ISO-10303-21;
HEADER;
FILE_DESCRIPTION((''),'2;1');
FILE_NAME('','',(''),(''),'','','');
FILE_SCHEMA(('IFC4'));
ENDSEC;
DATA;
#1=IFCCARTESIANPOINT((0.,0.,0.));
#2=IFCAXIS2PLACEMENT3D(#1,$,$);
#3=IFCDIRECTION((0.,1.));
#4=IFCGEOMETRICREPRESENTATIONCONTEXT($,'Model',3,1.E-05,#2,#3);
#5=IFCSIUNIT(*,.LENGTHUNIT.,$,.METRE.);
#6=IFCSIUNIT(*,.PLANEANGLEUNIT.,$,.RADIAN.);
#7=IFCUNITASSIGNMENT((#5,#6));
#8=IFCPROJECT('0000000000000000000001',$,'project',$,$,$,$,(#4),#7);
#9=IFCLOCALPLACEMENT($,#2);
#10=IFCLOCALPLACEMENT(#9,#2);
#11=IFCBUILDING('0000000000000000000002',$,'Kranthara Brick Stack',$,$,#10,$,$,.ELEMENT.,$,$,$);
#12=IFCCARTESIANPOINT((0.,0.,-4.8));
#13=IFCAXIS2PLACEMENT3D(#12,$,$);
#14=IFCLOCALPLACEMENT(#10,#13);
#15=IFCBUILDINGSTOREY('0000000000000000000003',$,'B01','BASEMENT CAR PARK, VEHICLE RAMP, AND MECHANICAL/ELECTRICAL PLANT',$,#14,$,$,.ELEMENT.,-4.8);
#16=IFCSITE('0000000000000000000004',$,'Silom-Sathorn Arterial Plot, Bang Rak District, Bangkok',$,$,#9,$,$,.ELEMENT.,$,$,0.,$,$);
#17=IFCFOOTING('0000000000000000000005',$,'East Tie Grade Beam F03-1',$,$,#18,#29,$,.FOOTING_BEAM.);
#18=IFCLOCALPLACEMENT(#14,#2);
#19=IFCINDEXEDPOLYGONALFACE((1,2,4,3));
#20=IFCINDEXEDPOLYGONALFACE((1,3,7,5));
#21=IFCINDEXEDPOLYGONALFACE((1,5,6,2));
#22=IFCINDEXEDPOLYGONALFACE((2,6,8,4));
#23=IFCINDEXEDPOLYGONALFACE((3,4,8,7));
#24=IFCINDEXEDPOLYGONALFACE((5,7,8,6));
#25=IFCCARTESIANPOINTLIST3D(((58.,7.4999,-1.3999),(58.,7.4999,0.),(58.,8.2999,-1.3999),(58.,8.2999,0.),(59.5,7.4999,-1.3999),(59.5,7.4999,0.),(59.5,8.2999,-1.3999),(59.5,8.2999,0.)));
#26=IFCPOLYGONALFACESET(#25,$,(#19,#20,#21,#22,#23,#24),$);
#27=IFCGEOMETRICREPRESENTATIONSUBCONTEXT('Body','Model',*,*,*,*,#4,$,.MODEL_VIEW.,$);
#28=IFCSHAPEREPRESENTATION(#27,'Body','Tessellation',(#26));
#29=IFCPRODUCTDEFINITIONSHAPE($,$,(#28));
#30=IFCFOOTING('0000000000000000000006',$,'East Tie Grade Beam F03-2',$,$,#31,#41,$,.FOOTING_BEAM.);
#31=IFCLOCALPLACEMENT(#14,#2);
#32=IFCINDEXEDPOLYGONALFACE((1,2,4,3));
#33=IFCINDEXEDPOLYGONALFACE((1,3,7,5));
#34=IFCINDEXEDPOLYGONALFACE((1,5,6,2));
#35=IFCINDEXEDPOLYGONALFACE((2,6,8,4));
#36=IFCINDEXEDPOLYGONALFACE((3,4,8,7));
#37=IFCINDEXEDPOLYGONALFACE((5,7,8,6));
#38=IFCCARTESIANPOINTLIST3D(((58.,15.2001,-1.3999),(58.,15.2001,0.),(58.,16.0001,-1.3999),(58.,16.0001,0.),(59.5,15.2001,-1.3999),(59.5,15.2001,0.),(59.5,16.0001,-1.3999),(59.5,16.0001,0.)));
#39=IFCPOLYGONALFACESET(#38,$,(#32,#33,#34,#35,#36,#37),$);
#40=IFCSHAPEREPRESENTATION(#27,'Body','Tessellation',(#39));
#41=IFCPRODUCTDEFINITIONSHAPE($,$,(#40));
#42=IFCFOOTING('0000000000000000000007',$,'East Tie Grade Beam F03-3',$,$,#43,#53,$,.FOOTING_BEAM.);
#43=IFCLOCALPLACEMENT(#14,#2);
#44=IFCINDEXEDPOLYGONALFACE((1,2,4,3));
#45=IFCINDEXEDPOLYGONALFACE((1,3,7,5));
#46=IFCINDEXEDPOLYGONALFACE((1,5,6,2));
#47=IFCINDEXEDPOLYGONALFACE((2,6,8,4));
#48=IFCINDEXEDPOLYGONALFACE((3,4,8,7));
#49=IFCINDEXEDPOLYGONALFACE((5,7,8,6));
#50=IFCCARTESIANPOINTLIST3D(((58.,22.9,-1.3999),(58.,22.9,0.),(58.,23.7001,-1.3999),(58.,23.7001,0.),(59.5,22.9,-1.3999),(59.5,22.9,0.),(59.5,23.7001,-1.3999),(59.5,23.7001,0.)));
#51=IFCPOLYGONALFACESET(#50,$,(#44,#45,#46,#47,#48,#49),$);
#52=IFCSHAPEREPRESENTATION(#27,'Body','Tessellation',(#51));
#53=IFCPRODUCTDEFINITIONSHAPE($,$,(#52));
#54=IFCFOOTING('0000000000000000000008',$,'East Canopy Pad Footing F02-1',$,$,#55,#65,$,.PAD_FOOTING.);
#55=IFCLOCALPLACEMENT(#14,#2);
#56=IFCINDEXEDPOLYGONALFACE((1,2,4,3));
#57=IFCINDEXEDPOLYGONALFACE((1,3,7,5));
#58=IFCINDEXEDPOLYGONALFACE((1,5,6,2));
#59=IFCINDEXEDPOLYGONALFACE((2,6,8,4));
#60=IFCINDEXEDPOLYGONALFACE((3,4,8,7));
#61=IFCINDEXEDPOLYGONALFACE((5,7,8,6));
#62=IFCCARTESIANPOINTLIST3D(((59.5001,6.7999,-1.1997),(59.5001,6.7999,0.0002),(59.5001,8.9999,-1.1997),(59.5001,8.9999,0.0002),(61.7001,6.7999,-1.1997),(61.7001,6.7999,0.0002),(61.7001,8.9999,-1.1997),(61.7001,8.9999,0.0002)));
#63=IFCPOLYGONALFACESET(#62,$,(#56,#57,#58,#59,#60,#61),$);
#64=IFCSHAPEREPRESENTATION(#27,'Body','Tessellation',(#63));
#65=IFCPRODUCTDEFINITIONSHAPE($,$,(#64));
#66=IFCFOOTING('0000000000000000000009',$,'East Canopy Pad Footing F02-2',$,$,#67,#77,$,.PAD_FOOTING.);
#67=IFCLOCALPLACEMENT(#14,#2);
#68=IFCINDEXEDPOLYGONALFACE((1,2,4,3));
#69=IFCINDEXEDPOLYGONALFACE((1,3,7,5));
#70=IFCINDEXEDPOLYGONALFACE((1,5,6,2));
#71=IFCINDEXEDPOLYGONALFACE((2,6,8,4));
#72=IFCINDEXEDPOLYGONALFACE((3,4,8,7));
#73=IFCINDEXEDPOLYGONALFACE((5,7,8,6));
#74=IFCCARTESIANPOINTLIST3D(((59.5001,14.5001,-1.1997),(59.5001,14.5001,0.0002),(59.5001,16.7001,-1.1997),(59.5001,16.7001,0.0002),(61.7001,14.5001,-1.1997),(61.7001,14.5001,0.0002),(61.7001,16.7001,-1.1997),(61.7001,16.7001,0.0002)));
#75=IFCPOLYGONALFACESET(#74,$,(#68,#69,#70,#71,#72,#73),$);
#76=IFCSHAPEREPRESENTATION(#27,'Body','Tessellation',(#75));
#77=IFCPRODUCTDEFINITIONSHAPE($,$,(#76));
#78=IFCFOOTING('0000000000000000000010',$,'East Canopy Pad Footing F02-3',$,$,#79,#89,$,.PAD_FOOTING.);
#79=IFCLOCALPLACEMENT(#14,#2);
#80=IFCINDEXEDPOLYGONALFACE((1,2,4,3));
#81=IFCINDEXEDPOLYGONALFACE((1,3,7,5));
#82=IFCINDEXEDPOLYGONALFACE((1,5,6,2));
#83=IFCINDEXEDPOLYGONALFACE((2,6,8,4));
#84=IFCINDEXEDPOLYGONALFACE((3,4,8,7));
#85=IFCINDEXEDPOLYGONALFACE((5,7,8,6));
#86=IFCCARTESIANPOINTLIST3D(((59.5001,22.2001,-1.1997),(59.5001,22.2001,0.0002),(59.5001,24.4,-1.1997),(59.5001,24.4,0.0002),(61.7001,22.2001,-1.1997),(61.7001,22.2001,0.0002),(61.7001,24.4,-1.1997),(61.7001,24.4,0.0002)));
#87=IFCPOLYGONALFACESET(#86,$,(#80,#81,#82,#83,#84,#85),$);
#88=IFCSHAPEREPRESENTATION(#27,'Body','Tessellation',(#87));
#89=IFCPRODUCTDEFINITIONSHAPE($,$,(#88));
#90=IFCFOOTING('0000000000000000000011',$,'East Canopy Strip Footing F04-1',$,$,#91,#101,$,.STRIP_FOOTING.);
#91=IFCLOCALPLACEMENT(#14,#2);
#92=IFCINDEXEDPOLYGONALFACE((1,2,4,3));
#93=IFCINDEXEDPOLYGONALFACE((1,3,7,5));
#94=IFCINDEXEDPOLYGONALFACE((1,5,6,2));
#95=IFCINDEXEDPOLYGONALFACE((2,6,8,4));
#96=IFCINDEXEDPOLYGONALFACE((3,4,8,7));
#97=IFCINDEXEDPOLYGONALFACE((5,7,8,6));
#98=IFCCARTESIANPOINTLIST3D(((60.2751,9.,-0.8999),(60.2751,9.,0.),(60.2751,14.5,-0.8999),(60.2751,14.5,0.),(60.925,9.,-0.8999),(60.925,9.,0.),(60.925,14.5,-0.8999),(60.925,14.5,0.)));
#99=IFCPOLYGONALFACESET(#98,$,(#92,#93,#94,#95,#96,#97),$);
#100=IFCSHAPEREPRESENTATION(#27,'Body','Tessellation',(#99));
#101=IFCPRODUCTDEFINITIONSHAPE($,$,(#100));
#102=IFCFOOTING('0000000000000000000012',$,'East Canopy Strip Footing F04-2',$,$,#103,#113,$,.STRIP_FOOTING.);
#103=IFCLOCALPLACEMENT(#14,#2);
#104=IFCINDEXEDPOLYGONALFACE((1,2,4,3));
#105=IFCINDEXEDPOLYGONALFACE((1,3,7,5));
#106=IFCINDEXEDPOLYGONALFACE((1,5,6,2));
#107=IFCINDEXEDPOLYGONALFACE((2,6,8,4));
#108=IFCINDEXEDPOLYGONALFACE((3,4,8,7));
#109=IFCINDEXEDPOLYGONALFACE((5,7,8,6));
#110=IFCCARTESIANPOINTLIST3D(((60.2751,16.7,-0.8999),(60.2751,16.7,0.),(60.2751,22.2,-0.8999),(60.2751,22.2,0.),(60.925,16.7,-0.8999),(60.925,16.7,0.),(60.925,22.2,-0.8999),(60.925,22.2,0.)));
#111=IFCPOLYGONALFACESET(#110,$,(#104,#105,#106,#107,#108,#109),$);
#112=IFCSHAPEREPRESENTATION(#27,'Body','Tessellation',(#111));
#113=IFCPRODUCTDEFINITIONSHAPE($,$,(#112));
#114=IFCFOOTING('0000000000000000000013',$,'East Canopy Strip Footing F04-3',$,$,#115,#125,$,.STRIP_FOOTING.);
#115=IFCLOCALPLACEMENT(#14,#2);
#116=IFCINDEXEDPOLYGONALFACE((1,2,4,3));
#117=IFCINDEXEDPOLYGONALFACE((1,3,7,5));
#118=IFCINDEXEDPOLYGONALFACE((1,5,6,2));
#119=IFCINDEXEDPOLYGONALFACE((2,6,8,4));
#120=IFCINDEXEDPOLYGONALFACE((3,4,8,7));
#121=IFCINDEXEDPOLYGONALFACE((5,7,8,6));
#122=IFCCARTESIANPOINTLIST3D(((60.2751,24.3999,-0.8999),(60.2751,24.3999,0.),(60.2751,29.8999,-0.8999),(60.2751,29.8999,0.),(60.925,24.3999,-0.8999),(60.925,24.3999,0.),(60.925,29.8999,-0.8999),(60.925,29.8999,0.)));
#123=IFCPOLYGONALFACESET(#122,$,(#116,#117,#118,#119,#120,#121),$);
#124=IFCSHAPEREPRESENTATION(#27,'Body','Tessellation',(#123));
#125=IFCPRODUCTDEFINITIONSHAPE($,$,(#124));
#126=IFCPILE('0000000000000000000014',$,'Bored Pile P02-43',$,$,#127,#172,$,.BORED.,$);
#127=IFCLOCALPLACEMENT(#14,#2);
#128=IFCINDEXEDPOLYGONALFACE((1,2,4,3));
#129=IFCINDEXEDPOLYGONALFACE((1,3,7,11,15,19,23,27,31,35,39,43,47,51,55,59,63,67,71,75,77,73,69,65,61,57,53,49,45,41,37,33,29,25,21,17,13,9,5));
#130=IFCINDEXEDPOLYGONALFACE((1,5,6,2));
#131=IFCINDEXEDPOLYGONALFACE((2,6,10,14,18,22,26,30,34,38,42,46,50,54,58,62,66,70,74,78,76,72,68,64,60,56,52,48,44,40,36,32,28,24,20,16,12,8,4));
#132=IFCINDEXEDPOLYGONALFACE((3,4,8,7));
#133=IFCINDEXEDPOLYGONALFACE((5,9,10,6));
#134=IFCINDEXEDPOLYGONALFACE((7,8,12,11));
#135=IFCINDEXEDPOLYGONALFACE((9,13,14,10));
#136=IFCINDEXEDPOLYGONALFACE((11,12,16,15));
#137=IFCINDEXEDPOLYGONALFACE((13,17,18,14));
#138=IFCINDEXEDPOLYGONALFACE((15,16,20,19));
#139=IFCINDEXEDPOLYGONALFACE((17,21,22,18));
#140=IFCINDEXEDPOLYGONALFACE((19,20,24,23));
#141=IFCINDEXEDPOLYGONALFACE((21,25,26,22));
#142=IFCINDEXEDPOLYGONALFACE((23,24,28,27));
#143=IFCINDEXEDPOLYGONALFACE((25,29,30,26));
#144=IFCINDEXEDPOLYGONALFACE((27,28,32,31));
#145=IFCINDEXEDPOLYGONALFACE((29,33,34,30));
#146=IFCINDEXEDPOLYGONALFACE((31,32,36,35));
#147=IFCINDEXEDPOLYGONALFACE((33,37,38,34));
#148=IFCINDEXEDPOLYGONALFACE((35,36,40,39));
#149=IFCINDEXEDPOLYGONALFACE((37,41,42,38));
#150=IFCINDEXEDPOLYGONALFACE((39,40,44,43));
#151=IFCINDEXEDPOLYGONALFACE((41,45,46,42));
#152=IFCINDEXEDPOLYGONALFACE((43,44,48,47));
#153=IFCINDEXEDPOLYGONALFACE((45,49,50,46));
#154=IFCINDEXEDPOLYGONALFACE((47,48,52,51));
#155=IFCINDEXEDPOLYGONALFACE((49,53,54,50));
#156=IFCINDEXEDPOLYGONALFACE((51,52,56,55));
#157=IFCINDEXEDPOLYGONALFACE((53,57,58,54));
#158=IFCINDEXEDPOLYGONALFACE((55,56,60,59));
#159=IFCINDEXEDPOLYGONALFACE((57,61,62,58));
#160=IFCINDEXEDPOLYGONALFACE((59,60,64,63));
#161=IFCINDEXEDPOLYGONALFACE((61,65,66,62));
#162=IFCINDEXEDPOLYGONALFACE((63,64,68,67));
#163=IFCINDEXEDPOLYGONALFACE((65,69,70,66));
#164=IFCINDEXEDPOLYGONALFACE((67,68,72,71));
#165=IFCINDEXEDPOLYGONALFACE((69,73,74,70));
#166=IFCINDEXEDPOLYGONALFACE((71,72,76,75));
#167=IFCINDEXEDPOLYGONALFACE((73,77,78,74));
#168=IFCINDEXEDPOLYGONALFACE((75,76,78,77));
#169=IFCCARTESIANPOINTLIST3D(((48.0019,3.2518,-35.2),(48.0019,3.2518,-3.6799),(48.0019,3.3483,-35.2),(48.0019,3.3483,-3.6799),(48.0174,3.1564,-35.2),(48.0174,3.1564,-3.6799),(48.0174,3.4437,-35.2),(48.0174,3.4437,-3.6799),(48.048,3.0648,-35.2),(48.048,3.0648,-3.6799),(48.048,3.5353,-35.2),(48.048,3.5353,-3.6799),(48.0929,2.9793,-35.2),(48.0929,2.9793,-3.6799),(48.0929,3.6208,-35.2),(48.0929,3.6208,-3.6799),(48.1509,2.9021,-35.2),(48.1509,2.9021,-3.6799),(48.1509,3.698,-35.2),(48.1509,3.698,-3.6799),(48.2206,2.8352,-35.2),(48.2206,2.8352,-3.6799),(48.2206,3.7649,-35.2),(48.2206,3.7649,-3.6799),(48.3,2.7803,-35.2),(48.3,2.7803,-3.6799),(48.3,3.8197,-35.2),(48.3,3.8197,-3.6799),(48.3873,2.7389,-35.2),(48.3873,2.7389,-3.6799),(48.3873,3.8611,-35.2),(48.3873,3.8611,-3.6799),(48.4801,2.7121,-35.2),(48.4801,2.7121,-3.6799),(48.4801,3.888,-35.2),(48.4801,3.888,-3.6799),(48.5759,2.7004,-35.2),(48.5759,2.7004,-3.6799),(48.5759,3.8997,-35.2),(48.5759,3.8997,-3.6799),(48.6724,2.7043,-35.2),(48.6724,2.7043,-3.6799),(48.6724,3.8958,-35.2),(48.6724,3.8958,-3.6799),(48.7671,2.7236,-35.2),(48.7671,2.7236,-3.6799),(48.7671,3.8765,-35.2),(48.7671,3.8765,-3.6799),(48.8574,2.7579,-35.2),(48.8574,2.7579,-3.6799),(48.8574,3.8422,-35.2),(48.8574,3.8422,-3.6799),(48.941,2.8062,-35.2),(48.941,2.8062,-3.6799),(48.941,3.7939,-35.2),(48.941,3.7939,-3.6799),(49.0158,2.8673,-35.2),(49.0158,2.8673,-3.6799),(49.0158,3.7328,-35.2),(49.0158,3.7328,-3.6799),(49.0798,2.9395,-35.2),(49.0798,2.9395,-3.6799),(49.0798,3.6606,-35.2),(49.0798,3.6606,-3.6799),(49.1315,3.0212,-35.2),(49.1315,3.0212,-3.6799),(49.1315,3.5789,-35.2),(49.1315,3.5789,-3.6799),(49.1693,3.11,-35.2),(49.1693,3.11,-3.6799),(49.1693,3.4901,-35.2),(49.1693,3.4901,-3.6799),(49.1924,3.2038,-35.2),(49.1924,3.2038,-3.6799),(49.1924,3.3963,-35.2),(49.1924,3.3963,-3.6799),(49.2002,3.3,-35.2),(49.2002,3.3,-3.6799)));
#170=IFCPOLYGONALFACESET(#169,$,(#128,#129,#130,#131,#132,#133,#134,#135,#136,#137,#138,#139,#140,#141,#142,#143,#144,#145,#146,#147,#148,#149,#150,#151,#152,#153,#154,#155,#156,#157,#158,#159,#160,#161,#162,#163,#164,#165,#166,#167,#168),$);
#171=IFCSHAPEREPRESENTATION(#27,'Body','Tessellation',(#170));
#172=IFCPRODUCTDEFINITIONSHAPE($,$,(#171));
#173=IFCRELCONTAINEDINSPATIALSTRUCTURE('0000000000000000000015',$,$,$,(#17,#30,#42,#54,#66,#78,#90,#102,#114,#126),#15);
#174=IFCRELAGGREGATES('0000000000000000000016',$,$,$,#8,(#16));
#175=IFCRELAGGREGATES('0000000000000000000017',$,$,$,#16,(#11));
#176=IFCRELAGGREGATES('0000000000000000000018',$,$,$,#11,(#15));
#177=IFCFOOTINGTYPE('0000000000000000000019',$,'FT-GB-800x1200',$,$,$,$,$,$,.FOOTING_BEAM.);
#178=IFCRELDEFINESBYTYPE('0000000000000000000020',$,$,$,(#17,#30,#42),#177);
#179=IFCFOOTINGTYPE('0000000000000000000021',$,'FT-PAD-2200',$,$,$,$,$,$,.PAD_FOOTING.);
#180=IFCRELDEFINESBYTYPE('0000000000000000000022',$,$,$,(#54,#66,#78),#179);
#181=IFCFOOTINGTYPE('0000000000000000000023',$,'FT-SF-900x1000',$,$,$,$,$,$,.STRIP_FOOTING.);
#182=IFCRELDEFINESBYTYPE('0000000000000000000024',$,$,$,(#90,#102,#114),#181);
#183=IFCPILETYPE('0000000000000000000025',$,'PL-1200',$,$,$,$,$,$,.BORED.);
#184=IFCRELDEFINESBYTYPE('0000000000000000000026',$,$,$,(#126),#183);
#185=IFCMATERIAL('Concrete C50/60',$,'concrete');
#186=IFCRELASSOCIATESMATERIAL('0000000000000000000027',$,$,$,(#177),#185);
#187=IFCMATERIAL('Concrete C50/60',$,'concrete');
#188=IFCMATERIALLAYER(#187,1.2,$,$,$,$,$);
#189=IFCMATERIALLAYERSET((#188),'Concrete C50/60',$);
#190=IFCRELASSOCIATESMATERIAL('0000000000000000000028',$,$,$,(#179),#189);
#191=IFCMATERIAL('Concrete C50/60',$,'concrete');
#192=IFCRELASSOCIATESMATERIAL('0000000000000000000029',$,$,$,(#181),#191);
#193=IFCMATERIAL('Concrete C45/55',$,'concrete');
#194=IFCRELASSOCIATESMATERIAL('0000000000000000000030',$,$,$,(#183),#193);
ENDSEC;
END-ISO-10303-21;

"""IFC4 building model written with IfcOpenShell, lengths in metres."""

from ifc_helpers import new_model, si_unit, direction, frame, origin, origin_2d, place, context, subcontext, project, spatial, rectangle, circle, extrude, material, layer, layer_set, material_profile, profile_set, type_object, element, save


model = new_model("IFC4")

# Units and contexts
model_context = context("Model", 3, precision=1e-05, world=origin(), true_north=direction((0.0, 1.0)))
body_context = subcontext(model_context, "Body", "Model", "MODEL_VIEW")
ifc_project = project(units=[si_unit("LENGTHUNIT", "METRE"), si_unit("PLANEANGLEUNIT", "RADIAN")], contexts=[model_context])

# Site, building, storey
site_placement = place(None, origin())
site = spatial("IfcSite", under=ifc_project, at=site_placement, Name="Silom-Sathorn Arterial Plot, Bang Rak District, Bangkok", CompositionType="ELEMENT", RefElevation=0.0)
building_placement = place(site_placement, origin())
building = spatial("IfcBuilding", under=site, at=building_placement, Name="Kranthara Brick Stack", CompositionType="ELEMENT")
storey_placement = place(building_placement, frame((0.0, 0.0, -4.8)))
storey = spatial("IfcBuildingStorey", under=building, at=storey_placement, Name="B01", Description="BASEMENT CAR PARK, VEHICLE RAMP, AND MECHANICAL/ELECTRICAL PLANT", CompositionType="ELEMENT", Elevation=-4.8)

# Footings
ifc_material_1 = material(Name="Concrete C50/60", Category="concrete")
ifc_material_profile_1 = material_profile(ifc_material_1, rectangle(XDim=0.8, YDim=1.3999, at=origin_2d()), Name="PT 800x1400")
ifc_profile_set_1 = profile_set([ifc_material_profile_1], Name="Concrete C50/60")
footing_type_1 = type_object("IfcFootingType", Name="FT-GB-800x1200", PredefinedType="FOOTING_BEAM", material=ifc_profile_set_1)
for number, where, z_axis, x_axis, name in (
    (1, (58.0, 7.8999, -0.7), (1.0, 0.0, 0.0), (0.0, 1.0, 0.0), "East Tie Grade Beam F03-1"),
    (2, (58.0, 15.6001, -0.7), (1.0, 0.0, 0.0), (0.0, 1.0, 0.0), "East Tie Grade Beam F03-2"),
    (3, (58.0, 23.3, -0.7), (1.0, 0.0, 0.0), (0.0, 1.0, 0.0), "East Tie Grade Beam F03-3"),
):
    element("IfcFooting", number, at=place(storey_placement, frame(where, z_axis=z_axis, x_axis=x_axis)), inside=storey, type_object=footing_type_1, Name=name, PredefinedType="FOOTING_BEAM", context=body_context, shape_type="SweptSolid", body=[
        extrude(rectangle(XDim=0.8, YDim=1.3999, at=origin_2d()), origin(), (0.0, 0.0, 1.0), 1.5),
    ])
ifc_material_2 = material(Name="Concrete C50/60", Category="concrete")
ifc_layer_1 = layer(ifc_material_2, 1.2)
ifc_layer_set_1 = layer_set([ifc_layer_1], Name="Concrete C50/60")
footing_type_2 = type_object("IfcFootingType", Name="FT-PAD-2200", PredefinedType="PAD_FOOTING", material=ifc_layer_set_1)
for number, where, z_axis, x_axis, name in (
    (4, (60.6001, 7.8999, -1.1997), (0.0, 0.0, 1.0), (1.0, 0.0, 0.0), "East Canopy Pad Footing F02-1"),
    (5, (60.6001, 15.6001, -1.1997), (0.0, 0.0, 1.0), (1.0, 0.0, 0.0), "East Canopy Pad Footing F02-2"),
    (6, (60.6001, 23.3, -1.1997), (0.0, 0.0, 1.0), (1.0, 0.0, 0.0), "East Canopy Pad Footing F02-3"),
):
    element("IfcFooting", number, at=place(storey_placement, frame(where, z_axis=z_axis, x_axis=x_axis)), inside=storey, type_object=footing_type_2, Name=name, PredefinedType="PAD_FOOTING", context=body_context, shape_type="SweptSolid", body=[
        extrude(rectangle(XDim=2.2, YDim=2.2, at=origin_2d()), origin(), (0.0, 0.0, 1.0), 1.2),
    ])
ifc_material_3 = material(Name="Concrete C50/60", Category="concrete")
ifc_material_profile_2 = material_profile(ifc_material_3, rectangle(XDim=0.6499, YDim=0.8999, at=origin_2d()), Name="RC 650x900")
ifc_profile_set_2 = profile_set([ifc_material_profile_2], Name="Concrete C50/60")
footing_type_3 = type_object("IfcFootingType", Name="FT-SF-900x1000", PredefinedType="STRIP_FOOTING", material=ifc_profile_set_2)
for number, where, z_axis, x_axis, name in (
    (7, (60.6001, 9.0, -0.45), (0.0, 1.0, 0.0), (-1.0, 0.0, 0.0), "East Canopy Strip Footing F04-1"),
    (8, (60.6001, 16.7, -0.45), (0.0, 1.0, 0.0), (-1.0, 0.0, 0.0), "East Canopy Strip Footing F04-2"),
    (9, (60.6001, 24.3999, -0.45), (0.0, 1.0, 0.0), (-1.0, 0.0, 0.0), "East Canopy Strip Footing F04-3"),
):
    element("IfcFooting", number, at=place(storey_placement, frame(where, z_axis=z_axis, x_axis=x_axis)), inside=storey, type_object=footing_type_3, Name=name, PredefinedType="STRIP_FOOTING", context=body_context, shape_type="SweptSolid", body=[
        extrude(rectangle(XDim=0.6499, YDim=0.8999, at=origin_2d()), origin(), (0.0, 0.0, 1.0), 5.5),
    ])

# Pile
ifc_material_4 = material(Name="Concrete C45/55", Category="concrete")
ifc_material_profile_3 = material_profile(ifc_material_4, circle(Radius=0.6001, at=origin_2d()), Name="BORED PILE 1200")
ifc_profile_set_3 = profile_set([ifc_material_profile_3], Name="Concrete C45/55")
pile_type = type_object("IfcPileType", Name="PL-1200", PredefinedType="BORED", material=ifc_profile_set_3)
for number, where, z_axis, x_axis, name in (
    (10, (48.6001, 3.3, -3.6799), (0.0, 0.0, -1.0), (1.0, 0.0, 0.0), "Bored Pile P02-43"),
):
    element("IfcPile", number, at=place(storey_placement, frame(where, z_axis=z_axis, x_axis=x_axis)), inside=storey, type_object=pile_type, Name=name, PredefinedType="BORED", context=body_context, shape_type="SweptSolid", body=[
        extrude(circle(Radius=0.6001, at=origin_2d()), origin(), (0.0, 0.0, 1.0), 31.52),
    ])

save(model, "model.ifc")
